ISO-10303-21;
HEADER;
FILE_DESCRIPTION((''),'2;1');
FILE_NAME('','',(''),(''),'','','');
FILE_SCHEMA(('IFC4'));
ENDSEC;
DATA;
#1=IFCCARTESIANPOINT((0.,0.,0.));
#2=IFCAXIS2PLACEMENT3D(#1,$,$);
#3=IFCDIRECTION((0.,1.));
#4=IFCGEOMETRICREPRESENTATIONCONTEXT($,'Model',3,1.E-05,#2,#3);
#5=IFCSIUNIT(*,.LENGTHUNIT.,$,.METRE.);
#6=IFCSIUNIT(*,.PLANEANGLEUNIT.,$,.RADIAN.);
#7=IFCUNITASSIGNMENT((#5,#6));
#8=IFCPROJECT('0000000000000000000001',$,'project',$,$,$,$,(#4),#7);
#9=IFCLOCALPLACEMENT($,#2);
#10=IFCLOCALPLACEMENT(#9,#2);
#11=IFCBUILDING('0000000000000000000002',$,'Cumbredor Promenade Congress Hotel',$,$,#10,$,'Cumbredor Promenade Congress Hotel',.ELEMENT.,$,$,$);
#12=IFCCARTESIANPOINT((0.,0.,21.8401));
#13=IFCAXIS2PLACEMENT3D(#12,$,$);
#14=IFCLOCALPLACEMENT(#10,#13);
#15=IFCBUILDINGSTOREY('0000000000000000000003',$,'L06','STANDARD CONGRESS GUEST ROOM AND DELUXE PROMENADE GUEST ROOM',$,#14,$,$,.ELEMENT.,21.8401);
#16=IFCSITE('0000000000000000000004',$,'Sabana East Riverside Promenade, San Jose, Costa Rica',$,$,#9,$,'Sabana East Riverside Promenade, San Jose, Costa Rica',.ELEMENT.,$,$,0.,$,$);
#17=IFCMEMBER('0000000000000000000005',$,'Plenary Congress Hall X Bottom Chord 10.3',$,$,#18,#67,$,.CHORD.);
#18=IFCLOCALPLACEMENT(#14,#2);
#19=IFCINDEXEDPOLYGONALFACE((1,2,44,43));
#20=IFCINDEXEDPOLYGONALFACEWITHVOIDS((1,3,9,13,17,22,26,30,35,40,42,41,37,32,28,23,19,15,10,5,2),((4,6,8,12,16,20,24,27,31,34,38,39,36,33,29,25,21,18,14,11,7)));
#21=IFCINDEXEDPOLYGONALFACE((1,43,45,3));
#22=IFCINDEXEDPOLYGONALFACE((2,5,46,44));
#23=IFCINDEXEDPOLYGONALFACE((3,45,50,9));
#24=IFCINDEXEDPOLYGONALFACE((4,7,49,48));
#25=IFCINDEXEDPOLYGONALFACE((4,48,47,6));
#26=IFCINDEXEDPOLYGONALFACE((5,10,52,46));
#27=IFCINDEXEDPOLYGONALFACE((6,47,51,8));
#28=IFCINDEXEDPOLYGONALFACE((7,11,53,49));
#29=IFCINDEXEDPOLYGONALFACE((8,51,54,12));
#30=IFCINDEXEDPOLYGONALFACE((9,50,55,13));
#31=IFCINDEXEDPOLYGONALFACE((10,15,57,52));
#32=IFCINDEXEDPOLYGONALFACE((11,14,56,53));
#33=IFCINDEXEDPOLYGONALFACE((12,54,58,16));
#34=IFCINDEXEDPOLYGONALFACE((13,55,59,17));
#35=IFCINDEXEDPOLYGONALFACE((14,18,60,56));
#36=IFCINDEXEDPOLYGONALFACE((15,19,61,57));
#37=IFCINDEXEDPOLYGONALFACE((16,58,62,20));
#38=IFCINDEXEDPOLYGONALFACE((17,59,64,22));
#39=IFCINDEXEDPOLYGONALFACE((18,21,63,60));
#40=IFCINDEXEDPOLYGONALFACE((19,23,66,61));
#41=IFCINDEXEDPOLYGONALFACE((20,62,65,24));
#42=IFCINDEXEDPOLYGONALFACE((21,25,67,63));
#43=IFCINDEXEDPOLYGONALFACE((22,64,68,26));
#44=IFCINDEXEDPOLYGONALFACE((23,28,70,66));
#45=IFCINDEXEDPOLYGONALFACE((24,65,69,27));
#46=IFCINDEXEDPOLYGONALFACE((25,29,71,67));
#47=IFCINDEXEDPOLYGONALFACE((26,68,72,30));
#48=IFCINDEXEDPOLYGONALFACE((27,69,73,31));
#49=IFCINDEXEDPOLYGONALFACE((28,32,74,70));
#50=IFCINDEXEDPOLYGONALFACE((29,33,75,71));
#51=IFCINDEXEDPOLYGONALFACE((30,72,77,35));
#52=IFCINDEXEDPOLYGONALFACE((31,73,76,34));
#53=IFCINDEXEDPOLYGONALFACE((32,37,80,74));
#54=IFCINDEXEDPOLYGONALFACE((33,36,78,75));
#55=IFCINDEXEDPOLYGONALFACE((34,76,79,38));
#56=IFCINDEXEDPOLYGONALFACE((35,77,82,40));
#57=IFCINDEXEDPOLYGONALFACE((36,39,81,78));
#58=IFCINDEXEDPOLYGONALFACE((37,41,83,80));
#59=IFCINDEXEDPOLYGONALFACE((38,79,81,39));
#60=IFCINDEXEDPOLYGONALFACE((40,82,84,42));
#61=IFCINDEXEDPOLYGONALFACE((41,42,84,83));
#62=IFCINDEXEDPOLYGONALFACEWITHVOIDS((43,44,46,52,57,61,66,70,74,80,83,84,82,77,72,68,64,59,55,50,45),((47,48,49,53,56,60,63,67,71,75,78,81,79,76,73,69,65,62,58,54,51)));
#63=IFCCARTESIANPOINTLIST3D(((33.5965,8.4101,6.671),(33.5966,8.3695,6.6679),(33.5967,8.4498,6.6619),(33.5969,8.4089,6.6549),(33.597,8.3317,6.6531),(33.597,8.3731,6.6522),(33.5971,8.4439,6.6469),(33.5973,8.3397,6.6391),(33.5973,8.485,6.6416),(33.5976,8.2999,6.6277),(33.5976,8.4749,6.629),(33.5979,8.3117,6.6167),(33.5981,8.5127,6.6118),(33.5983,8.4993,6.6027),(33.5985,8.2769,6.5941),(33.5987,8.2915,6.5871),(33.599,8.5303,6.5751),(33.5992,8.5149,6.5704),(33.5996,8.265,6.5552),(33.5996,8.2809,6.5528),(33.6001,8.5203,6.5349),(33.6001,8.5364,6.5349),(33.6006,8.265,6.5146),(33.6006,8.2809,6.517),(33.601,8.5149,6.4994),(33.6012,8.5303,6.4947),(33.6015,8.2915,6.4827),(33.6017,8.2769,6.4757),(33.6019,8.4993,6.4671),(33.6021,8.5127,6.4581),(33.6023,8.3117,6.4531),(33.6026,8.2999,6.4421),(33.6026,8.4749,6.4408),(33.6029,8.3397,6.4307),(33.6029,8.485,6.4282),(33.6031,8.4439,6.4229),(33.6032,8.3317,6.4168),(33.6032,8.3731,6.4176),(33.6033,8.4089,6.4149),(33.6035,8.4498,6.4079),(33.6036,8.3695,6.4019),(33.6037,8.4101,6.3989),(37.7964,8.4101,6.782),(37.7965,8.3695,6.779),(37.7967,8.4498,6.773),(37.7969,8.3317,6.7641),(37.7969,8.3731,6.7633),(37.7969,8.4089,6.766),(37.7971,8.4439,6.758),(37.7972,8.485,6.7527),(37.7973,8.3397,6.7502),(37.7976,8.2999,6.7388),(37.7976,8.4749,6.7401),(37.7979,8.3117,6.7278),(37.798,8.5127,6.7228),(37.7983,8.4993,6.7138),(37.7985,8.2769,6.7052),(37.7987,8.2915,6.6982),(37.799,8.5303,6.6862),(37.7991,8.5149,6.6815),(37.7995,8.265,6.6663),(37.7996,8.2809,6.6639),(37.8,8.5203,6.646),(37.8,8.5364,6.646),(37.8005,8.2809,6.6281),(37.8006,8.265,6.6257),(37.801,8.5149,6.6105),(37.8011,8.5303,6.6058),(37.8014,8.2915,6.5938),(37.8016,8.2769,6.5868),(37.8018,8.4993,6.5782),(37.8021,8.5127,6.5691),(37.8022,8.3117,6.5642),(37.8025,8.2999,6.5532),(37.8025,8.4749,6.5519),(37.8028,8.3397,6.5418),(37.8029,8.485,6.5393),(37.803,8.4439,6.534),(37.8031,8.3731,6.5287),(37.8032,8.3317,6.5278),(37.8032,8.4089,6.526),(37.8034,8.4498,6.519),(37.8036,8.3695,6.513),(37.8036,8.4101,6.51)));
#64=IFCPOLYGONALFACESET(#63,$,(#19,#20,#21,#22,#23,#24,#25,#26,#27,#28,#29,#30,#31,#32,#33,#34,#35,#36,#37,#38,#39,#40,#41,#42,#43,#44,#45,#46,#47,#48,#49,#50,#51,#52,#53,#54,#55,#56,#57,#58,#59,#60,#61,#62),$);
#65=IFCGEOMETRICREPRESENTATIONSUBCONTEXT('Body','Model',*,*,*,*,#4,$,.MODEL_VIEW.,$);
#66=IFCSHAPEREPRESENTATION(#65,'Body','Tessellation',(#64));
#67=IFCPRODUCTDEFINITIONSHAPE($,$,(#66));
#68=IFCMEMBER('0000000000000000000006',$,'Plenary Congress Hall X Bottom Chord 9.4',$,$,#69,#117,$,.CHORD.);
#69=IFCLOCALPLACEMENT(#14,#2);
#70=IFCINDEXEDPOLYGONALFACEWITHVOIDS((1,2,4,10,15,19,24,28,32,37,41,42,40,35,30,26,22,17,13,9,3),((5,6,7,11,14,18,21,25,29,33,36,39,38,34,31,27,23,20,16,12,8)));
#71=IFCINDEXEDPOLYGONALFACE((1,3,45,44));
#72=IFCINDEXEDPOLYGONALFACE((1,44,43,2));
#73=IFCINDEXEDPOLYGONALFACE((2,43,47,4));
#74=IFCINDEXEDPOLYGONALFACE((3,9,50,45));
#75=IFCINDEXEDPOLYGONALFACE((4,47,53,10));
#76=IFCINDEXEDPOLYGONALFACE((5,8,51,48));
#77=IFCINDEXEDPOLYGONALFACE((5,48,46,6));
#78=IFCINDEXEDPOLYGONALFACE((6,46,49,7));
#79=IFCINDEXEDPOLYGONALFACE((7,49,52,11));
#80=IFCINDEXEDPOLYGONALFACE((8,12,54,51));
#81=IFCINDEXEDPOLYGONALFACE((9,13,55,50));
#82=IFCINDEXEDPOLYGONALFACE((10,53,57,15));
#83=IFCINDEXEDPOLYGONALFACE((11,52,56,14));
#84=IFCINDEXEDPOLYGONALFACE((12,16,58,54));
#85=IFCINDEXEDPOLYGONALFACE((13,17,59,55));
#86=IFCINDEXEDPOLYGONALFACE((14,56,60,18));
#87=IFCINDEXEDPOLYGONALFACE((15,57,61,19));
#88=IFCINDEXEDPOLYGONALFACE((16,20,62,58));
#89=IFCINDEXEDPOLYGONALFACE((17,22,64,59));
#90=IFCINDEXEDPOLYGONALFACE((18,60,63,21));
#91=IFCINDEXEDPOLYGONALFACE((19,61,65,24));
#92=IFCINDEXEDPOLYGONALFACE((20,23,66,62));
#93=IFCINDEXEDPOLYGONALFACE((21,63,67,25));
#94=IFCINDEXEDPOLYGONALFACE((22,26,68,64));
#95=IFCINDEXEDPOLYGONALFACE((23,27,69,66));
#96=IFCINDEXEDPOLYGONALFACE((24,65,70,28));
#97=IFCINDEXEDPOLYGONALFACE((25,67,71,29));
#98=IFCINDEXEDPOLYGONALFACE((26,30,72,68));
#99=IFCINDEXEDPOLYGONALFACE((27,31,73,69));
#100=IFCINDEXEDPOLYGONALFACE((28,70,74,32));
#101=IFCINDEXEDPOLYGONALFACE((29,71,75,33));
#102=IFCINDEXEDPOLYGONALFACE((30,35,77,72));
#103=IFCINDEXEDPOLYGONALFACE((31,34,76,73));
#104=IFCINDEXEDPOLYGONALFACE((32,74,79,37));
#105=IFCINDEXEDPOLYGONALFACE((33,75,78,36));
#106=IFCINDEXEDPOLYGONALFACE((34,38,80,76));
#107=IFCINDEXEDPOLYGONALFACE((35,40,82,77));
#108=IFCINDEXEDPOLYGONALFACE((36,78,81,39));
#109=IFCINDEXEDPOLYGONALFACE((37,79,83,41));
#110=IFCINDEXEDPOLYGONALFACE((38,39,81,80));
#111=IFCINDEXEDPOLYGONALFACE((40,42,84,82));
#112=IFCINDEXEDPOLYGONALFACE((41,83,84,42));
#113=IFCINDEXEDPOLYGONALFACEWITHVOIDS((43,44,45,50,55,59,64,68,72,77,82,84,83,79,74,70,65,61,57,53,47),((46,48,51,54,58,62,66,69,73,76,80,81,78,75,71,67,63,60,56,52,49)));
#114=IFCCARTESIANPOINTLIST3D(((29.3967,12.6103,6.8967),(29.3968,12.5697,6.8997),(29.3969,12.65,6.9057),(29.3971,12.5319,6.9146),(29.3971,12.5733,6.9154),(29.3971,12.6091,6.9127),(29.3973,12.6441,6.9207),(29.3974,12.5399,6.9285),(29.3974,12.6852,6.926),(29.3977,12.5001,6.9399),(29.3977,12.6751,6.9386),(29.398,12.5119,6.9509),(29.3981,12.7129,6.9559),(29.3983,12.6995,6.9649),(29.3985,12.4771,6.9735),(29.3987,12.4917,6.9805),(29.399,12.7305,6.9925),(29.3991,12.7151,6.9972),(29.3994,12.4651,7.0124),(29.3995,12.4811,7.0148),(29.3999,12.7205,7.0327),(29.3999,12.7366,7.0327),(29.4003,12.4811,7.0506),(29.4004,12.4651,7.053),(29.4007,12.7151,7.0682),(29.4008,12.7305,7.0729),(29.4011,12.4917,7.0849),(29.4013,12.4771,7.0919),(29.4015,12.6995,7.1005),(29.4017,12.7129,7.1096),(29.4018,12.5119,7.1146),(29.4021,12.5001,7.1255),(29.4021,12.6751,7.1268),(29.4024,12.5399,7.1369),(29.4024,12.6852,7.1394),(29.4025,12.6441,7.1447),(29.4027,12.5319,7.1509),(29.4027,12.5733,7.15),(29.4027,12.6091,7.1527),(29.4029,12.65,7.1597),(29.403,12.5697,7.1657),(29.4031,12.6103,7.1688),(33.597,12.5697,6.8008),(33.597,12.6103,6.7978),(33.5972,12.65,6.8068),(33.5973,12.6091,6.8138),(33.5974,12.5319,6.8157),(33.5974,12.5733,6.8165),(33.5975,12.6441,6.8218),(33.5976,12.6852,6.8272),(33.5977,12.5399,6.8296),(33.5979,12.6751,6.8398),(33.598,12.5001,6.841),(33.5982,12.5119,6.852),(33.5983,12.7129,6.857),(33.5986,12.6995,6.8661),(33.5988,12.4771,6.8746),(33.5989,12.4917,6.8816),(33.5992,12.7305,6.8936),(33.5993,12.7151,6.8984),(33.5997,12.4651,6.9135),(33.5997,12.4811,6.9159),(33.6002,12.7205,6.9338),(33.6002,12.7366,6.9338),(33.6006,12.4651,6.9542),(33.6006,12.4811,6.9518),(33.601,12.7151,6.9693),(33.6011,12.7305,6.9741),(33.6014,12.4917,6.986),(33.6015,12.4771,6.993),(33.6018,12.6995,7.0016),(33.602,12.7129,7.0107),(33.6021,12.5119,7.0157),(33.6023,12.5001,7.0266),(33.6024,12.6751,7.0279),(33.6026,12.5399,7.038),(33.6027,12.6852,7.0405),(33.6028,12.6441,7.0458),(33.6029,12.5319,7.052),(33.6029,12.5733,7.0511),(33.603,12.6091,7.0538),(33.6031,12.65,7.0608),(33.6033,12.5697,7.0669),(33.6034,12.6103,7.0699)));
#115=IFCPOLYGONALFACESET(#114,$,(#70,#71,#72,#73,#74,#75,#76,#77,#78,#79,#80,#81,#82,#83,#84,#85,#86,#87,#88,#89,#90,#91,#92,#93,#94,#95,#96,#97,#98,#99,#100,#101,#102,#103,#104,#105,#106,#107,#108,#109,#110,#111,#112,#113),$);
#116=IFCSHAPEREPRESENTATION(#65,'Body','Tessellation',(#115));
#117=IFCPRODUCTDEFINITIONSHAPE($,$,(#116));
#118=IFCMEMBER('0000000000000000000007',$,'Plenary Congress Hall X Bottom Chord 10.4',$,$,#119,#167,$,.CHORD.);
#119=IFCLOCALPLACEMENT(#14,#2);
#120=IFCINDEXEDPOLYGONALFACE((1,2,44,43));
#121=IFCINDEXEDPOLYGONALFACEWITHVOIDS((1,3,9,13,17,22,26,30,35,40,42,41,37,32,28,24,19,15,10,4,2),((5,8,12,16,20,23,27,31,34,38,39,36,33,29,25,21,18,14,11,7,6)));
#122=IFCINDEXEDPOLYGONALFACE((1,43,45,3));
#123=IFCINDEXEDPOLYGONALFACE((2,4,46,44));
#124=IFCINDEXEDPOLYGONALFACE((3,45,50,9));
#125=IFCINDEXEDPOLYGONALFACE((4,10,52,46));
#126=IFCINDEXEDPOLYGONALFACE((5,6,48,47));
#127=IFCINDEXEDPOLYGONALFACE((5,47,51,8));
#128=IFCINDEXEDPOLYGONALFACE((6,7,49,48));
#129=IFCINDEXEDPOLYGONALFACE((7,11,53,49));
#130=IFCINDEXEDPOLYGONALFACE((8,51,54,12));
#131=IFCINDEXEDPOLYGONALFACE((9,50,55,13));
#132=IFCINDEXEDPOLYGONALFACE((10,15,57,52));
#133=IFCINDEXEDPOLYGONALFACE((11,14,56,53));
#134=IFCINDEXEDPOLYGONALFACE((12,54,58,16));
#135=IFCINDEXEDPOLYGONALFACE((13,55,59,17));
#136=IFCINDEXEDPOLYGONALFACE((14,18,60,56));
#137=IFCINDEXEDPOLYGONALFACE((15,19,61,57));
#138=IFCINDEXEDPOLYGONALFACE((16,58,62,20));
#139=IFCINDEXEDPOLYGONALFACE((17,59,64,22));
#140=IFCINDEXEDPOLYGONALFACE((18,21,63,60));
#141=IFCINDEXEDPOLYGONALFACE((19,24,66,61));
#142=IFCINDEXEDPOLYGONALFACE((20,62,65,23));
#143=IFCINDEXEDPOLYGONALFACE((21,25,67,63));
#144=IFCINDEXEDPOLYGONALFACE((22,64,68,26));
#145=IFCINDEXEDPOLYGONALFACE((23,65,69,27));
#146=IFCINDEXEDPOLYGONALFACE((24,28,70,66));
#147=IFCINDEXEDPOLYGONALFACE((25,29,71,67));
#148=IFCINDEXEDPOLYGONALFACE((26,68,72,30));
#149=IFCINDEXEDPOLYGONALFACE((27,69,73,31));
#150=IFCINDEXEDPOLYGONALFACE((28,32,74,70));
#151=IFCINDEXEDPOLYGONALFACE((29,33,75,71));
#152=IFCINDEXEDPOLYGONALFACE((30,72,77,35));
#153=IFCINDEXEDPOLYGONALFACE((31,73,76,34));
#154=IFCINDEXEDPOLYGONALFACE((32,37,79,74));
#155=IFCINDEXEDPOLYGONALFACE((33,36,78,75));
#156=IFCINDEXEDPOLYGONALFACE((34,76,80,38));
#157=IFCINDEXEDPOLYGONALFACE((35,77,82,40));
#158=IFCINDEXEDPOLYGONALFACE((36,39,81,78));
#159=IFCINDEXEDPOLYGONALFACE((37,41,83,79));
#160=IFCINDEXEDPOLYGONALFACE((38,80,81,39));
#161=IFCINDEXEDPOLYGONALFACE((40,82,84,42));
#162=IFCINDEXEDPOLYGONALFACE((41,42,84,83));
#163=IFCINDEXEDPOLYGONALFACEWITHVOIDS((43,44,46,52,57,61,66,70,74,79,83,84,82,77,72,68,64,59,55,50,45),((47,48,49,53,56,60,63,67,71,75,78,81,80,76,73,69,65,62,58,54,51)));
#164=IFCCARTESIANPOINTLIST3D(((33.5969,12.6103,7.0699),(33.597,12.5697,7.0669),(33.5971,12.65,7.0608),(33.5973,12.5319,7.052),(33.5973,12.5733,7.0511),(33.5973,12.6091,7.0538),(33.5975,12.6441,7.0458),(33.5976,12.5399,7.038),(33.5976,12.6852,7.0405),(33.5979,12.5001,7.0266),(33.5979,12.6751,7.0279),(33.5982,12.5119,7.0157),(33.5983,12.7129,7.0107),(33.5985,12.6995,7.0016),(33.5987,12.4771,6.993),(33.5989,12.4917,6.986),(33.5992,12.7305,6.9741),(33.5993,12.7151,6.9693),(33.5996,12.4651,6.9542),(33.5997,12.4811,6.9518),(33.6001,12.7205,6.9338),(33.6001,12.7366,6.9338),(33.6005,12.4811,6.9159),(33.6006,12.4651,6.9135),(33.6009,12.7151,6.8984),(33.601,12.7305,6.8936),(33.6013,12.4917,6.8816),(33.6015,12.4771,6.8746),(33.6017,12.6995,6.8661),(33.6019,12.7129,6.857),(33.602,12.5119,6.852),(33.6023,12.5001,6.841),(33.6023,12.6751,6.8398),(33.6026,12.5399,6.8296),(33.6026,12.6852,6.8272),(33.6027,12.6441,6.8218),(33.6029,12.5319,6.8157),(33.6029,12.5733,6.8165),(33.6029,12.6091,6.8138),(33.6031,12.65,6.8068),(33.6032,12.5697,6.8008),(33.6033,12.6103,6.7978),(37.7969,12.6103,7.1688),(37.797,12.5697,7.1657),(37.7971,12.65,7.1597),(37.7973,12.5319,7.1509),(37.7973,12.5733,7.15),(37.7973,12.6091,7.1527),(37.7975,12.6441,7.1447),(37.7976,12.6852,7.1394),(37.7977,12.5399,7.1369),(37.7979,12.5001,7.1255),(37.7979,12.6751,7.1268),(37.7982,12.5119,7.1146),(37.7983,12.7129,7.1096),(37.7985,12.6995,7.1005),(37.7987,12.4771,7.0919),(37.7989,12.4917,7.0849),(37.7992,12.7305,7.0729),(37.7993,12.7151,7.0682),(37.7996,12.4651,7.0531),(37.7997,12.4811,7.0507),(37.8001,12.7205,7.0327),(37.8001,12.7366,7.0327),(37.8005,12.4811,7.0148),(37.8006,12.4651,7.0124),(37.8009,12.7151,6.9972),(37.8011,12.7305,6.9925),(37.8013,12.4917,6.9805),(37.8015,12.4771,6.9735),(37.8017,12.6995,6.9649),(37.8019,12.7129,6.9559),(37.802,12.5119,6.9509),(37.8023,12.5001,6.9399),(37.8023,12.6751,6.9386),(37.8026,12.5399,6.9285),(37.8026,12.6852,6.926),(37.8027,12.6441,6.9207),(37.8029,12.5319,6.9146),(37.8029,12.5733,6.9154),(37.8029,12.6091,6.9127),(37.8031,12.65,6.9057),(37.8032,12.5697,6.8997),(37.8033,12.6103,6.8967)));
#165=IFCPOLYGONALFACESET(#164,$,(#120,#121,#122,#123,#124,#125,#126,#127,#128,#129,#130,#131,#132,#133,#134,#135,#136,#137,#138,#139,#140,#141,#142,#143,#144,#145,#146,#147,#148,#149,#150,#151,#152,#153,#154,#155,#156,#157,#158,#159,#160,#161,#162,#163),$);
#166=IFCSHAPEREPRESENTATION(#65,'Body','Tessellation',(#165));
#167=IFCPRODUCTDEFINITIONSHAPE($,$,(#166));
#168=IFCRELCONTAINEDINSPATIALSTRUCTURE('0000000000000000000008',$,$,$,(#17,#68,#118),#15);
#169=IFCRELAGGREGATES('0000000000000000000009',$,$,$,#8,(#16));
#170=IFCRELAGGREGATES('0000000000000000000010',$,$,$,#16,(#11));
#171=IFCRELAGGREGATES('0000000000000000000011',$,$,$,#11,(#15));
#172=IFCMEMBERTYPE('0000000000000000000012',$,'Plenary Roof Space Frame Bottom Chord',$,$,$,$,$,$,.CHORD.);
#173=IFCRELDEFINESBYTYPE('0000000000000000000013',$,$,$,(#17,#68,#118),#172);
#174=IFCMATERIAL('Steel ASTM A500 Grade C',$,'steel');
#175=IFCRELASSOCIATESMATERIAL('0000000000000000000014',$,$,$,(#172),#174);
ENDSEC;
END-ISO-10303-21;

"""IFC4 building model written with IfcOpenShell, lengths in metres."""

from ifc_helpers import new_model, si_unit, direction, frame, origin, origin_2d, place, context, subcontext, project, spatial, hollow_circle, extrude, material, material_profile, profile_set, type_object, element, save


model = new_model("IFC4")

# Units and contexts
model_context = context("Model", 3, precision=1e-05, world=origin(), true_north=direction((0.0, 1.0)))
body_context = subcontext(model_context, "Body", "Model", "MODEL_VIEW")
ifc_project = project(units=[si_unit("LENGTHUNIT", "METRE"), si_unit("PLANEANGLEUNIT", "RADIAN")], contexts=[model_context])

# Site, building, storey
site_placement = place(None, origin())
site = spatial("IfcSite", under=ifc_project, at=site_placement, Name="Sabana East Riverside Promenade, San Jose, Costa Rica", LongName="Sabana East Riverside Promenade, San Jose, Costa Rica", CompositionType="ELEMENT", RefElevation=0.0)
building_placement = place(site_placement, origin())
building = spatial("IfcBuilding", under=site, at=building_placement, Name="Cumbredor Promenade Congress Hotel", LongName="Cumbredor Promenade Congress Hotel", CompositionType="ELEMENT")
storey_placement = place(building_placement, frame((0.0, 0.0, 21.8401)))
storey = spatial("IfcBuildingStorey", under=building, at=storey_placement, Name="L06", Description="STANDARD CONGRESS GUEST ROOM AND DELUXE PROMENADE GUEST ROOM", CompositionType="ELEMENT", Elevation=21.8401)

# Members
ifc_material_1 = material(Name="Steel ASTM A500 Grade C", Category="steel")
ifc_material_profile_1 = material_profile(ifc_material_1, hollow_circle(Radius=0.1365, WallThickness=0.0161, at=origin_2d()), Name="CHS 273.0x16")
ifc_profile_set_1 = profile_set([ifc_material_profile_1], Name="Steel ASTM A500 Grade C")
member_type_1 = type_object("IfcMemberType", Name="Plenary Roof Space Frame Bottom Chord", PredefinedType="CHORD", material=ifc_profile_set_1)
for number, where, z_axis, x_axis, name in (
    (1, (33.6001, 8.3999, 6.5349), (0.99965, 0.0, 0.02644), (0.0, 1.0, 0.0), "Plenary Congress Hall X Bottom Chord 10.3"),
    (2, (29.3999, 12.6001, 7.0327), (0.999723, 0.0, -0.023535), (0.0, 1.0, 0.0), "Plenary Congress Hall X Bottom Chord 9.4"),
):
    element("IfcMember", number, at=place(storey_placement, frame(where, z_axis=z_axis, x_axis=x_axis)), inside=storey, type_object=member_type_1, Name=name, PredefinedType="CHORD", context=body_context, shape_type="SweptSolid", body=[
        extrude(hollow_circle(Radius=0.1365, WallThickness=0.0161, at=origin_2d()), origin(), (0.0, 0.0, 1.0), 4.2014),
    ])
member_1_placement = place(storey_placement, frame((33.6001, 12.6001, 6.9338), z_axis=(0.999723, 0.0, 0.023536), x_axis=(0.0, 1.0, 0.0)))
element("IfcMember", 3, at=member_1_placement, inside=storey, type_object=member_type_1, Name="Plenary Congress Hall X Bottom Chord 10.4", PredefinedType="CHORD", context=body_context, shape_type="SweptSolid", body=[
    extrude(hollow_circle(Radius=0.1365, WallThickness=0.0161, at=origin_2d()), origin(), (0.0, 0.0, 1.0), 4.2012),
])

save(model, "model.ifc")
